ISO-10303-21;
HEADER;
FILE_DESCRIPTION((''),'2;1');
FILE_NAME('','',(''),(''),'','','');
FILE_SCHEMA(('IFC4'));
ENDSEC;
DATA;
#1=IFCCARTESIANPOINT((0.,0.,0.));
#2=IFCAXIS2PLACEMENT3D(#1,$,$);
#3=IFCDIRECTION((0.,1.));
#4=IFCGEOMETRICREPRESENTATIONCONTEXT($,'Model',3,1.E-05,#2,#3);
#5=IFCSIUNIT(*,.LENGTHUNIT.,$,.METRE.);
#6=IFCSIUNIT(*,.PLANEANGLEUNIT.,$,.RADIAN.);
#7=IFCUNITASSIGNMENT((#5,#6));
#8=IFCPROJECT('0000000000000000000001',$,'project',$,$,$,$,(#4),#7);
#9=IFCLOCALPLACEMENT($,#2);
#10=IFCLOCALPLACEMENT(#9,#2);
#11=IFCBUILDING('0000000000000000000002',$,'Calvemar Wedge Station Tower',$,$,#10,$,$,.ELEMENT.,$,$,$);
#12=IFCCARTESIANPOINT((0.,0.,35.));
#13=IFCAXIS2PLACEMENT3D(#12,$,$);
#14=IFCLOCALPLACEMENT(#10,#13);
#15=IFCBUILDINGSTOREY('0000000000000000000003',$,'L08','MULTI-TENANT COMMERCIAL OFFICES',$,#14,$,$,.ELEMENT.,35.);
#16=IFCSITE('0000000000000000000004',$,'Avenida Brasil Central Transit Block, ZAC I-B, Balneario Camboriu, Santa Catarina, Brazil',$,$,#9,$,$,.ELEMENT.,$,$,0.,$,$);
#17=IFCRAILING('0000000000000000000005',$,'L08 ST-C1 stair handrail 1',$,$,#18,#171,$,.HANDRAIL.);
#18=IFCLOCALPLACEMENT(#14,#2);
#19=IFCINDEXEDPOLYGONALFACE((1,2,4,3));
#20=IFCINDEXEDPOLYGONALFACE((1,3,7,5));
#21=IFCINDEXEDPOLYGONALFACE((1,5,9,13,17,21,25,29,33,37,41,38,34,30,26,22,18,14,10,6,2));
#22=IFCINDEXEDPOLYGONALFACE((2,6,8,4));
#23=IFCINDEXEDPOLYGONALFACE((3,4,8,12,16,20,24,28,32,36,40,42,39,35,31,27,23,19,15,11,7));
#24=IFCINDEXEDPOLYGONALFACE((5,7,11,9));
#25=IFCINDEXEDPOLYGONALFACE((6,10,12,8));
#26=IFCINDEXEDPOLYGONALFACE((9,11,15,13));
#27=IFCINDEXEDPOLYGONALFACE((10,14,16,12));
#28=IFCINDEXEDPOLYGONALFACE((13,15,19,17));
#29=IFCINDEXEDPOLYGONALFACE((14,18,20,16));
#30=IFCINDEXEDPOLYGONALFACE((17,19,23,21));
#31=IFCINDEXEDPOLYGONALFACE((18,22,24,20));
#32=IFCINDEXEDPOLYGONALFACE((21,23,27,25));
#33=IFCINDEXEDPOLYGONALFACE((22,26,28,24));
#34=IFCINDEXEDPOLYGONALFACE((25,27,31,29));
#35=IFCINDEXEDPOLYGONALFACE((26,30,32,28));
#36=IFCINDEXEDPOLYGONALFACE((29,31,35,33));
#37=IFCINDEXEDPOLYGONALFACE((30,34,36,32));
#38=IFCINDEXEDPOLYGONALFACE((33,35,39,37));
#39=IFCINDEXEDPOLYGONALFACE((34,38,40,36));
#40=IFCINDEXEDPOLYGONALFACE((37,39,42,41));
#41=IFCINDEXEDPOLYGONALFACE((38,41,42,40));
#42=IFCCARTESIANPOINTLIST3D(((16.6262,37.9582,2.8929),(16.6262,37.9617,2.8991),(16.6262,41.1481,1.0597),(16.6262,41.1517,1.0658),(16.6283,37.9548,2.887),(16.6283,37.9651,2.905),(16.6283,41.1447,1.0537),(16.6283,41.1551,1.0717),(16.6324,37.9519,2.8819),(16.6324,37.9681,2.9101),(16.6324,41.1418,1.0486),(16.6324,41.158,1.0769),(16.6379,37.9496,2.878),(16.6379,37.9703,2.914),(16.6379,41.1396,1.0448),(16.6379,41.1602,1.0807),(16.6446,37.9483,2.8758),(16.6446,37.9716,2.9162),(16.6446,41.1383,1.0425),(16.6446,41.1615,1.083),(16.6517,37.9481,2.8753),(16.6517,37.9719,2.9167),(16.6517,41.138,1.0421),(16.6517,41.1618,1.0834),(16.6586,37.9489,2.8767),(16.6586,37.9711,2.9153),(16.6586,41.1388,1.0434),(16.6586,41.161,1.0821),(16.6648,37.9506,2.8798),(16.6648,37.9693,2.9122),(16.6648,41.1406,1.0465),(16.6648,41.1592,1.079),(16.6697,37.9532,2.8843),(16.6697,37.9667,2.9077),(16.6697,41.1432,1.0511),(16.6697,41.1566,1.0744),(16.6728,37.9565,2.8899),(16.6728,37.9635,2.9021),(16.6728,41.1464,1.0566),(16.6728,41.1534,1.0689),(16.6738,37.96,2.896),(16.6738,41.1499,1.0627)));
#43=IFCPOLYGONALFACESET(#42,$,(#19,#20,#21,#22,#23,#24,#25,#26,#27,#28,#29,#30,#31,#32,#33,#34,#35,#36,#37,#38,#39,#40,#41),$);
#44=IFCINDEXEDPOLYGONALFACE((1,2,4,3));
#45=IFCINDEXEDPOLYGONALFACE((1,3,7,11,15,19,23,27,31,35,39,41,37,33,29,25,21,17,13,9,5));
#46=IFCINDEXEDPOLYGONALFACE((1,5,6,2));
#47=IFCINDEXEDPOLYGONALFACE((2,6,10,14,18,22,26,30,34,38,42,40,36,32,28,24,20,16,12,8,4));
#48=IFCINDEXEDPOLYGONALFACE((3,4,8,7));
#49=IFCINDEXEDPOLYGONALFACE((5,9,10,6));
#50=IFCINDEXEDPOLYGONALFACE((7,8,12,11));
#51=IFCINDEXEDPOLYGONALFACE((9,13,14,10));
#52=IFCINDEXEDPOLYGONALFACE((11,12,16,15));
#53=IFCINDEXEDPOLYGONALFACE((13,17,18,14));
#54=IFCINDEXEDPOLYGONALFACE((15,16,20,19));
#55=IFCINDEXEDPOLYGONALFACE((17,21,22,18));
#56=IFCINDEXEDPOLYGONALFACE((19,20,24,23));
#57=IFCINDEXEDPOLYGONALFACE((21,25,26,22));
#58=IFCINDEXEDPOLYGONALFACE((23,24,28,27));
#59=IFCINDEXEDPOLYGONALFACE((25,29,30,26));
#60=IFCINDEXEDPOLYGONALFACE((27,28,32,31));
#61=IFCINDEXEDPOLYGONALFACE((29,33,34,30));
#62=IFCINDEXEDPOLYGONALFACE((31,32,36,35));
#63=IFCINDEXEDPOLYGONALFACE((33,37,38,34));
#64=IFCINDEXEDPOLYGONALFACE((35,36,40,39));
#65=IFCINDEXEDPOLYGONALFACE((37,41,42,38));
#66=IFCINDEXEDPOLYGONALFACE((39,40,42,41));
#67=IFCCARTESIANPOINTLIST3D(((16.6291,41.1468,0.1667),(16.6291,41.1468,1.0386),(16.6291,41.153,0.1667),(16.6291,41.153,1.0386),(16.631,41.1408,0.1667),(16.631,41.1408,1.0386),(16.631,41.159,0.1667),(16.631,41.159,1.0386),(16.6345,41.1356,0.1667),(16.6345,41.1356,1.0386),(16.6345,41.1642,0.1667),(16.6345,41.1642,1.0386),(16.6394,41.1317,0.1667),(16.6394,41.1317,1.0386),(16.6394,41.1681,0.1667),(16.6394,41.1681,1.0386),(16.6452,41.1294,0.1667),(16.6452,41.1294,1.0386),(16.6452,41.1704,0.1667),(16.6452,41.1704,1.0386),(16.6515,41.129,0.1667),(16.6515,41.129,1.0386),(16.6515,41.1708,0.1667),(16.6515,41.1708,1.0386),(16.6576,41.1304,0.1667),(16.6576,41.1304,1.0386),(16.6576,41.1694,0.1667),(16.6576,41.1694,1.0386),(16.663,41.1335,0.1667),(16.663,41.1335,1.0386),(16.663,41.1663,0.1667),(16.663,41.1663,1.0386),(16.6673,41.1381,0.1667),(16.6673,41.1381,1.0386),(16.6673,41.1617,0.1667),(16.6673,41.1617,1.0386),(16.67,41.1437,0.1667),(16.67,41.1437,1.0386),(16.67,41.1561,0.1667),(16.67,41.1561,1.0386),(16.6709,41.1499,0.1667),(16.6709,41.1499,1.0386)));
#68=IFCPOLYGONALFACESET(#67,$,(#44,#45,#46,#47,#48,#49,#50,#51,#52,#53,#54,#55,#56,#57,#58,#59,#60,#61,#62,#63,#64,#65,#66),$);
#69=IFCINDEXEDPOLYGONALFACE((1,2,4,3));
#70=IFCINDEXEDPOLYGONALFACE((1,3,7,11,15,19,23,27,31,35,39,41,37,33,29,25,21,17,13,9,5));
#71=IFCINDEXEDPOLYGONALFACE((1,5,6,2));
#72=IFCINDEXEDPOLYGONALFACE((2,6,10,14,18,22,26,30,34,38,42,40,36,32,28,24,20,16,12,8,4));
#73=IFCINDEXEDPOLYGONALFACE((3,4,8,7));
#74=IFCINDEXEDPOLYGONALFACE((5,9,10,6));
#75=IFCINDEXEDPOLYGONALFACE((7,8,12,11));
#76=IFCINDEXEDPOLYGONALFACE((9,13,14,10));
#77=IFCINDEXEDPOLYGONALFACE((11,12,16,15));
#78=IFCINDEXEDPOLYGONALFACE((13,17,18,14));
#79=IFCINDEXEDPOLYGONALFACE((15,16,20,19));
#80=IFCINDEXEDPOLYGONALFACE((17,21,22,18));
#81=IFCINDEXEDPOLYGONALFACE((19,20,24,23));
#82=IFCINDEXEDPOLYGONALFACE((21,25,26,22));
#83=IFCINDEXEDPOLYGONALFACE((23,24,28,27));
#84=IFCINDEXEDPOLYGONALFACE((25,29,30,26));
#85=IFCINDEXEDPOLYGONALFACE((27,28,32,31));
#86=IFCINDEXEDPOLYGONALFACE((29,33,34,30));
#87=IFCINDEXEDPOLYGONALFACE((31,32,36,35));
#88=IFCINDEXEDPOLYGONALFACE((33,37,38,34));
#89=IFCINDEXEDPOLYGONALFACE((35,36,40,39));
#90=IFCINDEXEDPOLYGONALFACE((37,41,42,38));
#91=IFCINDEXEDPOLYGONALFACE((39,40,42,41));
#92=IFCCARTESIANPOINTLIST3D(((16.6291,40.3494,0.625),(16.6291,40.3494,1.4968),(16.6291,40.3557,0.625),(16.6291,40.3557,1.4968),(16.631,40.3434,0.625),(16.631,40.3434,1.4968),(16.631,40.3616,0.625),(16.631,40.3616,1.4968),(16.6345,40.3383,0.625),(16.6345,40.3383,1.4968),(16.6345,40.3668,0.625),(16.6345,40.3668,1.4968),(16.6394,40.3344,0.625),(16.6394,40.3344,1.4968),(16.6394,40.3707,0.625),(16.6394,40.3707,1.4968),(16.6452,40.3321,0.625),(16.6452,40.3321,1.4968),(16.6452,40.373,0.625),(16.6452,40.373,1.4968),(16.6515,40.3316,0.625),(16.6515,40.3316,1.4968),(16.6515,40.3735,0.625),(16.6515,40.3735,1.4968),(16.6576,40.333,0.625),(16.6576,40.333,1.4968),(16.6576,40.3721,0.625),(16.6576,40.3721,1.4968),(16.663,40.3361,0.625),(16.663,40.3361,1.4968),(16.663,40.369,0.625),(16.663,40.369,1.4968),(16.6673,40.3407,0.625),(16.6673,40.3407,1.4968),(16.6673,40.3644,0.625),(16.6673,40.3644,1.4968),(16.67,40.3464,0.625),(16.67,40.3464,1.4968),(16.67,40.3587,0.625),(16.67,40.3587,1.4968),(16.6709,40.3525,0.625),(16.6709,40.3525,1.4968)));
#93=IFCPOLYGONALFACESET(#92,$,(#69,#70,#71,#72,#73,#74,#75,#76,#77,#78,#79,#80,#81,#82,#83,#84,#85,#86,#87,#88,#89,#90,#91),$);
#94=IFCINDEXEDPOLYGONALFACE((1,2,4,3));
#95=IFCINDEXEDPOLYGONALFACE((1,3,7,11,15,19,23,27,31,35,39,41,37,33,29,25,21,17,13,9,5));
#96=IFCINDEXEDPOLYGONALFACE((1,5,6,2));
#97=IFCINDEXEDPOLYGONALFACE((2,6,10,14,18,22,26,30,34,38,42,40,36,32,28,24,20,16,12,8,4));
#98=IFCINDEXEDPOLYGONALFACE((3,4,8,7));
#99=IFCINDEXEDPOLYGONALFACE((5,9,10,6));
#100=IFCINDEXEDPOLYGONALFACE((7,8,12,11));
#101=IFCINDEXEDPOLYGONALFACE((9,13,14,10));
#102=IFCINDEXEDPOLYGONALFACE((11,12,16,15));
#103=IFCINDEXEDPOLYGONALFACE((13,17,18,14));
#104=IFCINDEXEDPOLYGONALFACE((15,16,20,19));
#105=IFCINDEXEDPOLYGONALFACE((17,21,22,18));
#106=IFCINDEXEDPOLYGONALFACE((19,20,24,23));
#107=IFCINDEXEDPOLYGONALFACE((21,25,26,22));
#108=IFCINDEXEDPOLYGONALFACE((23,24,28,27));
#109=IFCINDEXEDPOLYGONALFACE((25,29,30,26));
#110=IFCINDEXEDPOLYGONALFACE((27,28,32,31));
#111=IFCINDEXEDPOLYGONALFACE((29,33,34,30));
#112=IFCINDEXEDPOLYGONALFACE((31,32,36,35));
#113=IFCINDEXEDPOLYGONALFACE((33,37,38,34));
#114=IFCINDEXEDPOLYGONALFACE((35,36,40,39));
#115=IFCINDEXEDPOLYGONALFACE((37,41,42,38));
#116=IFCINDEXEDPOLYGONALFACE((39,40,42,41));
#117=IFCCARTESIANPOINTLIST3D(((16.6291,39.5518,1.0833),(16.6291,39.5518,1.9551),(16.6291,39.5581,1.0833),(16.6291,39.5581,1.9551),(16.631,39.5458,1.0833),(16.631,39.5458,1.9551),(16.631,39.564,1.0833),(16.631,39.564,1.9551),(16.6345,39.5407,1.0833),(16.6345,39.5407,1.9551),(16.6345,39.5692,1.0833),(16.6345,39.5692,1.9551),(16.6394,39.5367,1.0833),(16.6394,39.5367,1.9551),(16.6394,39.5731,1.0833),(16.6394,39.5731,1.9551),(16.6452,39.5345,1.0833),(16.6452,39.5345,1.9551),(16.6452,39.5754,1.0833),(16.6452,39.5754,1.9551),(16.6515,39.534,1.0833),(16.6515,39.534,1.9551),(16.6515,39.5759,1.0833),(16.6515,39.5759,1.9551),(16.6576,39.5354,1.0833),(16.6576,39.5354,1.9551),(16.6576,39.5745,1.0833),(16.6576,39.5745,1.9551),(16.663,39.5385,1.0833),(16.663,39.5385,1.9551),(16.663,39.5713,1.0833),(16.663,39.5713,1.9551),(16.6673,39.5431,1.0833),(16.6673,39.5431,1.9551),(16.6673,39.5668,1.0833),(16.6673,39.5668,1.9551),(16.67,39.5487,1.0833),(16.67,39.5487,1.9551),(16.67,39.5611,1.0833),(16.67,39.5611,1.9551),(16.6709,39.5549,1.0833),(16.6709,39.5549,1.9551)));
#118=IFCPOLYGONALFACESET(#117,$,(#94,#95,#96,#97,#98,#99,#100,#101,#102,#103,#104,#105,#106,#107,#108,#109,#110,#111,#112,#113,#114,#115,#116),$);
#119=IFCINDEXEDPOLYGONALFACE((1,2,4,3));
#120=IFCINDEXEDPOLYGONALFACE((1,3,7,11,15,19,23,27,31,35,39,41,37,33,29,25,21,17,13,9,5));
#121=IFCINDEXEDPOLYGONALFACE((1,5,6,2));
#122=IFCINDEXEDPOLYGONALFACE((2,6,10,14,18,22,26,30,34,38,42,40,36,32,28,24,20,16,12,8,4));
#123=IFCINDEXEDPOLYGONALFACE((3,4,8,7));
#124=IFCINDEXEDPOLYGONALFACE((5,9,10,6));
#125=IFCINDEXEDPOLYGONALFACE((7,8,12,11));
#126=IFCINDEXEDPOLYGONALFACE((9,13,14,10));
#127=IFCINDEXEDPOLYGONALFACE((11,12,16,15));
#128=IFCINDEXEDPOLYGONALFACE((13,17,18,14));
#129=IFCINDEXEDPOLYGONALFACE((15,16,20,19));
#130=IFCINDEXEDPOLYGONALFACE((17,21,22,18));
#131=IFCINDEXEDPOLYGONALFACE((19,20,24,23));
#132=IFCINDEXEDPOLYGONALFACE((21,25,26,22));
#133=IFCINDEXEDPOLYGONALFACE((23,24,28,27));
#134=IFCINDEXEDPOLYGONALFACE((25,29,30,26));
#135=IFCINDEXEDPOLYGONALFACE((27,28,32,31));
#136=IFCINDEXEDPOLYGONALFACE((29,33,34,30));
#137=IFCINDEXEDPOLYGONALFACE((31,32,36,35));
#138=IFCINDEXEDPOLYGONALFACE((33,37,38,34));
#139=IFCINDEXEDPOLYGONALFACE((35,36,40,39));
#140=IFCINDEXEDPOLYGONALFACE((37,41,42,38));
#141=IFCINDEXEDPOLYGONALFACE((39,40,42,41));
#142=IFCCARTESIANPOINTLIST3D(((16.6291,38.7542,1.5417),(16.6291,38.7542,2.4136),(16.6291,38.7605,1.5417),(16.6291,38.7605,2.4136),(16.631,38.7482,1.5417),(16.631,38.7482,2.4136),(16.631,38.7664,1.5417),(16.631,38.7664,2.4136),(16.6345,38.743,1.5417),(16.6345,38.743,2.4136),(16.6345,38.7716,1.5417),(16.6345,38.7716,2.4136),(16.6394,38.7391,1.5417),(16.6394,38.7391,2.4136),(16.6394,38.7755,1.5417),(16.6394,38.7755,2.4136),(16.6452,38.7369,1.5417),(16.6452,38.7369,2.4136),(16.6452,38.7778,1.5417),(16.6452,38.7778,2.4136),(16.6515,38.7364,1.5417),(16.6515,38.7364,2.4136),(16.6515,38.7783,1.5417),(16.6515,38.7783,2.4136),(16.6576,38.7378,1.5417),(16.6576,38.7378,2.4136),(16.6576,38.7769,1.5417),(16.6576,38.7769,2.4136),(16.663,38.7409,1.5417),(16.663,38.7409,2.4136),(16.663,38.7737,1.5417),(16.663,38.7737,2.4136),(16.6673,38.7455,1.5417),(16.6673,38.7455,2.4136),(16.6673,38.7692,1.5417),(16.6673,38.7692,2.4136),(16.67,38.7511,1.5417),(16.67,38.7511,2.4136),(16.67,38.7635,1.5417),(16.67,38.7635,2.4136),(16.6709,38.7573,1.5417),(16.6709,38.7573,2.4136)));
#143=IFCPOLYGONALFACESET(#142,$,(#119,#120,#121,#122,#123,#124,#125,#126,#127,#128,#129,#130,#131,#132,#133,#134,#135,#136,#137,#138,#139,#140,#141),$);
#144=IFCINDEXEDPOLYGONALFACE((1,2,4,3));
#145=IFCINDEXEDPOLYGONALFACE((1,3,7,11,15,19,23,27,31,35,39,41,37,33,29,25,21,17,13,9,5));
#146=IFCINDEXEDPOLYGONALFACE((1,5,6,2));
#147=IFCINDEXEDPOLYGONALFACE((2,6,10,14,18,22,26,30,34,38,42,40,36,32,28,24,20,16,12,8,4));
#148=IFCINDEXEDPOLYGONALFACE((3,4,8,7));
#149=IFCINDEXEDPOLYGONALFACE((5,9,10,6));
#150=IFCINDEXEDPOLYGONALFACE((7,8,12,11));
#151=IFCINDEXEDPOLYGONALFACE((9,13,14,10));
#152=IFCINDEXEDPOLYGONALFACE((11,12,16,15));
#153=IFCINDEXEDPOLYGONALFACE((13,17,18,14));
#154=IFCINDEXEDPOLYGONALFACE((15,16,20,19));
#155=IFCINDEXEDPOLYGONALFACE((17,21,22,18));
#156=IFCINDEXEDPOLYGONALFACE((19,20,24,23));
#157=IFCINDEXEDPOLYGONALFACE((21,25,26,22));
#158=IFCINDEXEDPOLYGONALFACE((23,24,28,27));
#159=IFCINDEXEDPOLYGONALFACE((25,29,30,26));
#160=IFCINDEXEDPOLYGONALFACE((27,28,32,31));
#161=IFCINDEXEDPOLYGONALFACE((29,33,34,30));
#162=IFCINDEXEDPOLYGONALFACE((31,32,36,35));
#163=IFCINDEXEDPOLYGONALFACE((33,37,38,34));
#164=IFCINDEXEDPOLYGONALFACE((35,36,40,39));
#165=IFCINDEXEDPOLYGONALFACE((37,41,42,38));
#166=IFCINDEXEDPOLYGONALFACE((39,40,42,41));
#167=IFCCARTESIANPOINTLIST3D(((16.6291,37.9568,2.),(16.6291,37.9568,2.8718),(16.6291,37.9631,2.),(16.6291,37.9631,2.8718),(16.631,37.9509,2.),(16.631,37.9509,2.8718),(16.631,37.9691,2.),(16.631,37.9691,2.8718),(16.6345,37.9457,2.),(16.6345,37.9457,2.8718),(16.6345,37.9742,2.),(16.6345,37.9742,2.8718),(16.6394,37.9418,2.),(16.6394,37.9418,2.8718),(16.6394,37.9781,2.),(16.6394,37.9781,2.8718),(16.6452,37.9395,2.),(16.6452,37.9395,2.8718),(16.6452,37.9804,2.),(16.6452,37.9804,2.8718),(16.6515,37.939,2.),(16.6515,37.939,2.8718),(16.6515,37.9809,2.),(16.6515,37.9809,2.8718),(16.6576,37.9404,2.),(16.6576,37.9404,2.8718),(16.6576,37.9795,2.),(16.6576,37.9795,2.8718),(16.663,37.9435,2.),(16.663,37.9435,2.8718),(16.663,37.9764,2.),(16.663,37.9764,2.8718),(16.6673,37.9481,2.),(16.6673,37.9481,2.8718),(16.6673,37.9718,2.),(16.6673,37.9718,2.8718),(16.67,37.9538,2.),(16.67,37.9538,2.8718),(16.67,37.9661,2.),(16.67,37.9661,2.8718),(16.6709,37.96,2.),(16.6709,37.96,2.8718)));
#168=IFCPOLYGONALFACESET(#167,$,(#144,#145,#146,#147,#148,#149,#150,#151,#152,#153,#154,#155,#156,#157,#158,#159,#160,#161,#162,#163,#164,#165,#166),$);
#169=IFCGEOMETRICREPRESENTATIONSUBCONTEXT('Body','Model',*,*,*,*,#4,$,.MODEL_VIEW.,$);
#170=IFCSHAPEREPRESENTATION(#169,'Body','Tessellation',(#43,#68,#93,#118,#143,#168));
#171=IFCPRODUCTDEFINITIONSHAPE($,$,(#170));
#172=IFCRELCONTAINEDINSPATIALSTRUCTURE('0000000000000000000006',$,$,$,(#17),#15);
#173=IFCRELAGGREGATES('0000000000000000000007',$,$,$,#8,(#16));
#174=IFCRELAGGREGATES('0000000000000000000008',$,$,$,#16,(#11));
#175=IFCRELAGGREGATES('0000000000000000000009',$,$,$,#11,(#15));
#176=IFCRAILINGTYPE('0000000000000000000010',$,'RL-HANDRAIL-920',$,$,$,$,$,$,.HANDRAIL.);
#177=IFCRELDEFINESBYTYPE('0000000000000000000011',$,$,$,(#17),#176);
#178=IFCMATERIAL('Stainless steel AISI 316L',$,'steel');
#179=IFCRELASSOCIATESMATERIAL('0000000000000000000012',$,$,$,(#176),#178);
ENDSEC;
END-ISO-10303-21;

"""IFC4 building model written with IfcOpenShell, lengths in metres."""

from ifc_helpers import new_model, si_unit, direction, frame, origin, origin_2d, place, context, subcontext, project, spatial, circle, extrude, material, type_object, element, save


model = new_model("IFC4")

# Units and contexts
model_context = context("Model", 3, precision=1e-05, world=origin(), true_north=direction((0.0, 1.0)))
body_context = subcontext(model_context, "Body", "Model", "MODEL_VIEW")
ifc_project = project(units=[si_unit("LENGTHUNIT", "METRE"), si_unit("PLANEANGLEUNIT", "RADIAN")], contexts=[model_context])

# Site, building, storey
site_placement = place(None, origin())
site = spatial("IfcSite", under=ifc_project, at=site_placement, Name="Avenida Brasil Central Transit Block, ZAC I-B, Balneario Camboriu, Santa Catarina, Brazil", CompositionType="ELEMENT", RefElevation=0.0)
building_placement = place(site_placement, origin())
building = spatial("IfcBuilding", under=site, at=building_placement, Name="Calvemar Wedge Station Tower", CompositionType="ELEMENT")
storey_placement = place(building_placement, frame((0.0, 0.0, 35.0)))
storey = spatial("IfcBuildingStorey", under=building, at=storey_placement, Name="L08", Description="MULTI-TENANT COMMERCIAL OFFICES", CompositionType="ELEMENT", Elevation=35.0)

# Railing
ifc_material_1 = material(Name="Stainless steel AISI 316L", Category="steel")
railing_type_1 = type_object("IfcRailingType", Name="RL-HANDRAIL-920", PredefinedType="HANDRAIL", material=ifc_material_1)
railing_1_placement = place(storey_placement, frame((16.6499, 41.1499, 0.1667)))
element("IfcRailing", 1, at=railing_1_placement, inside=storey, type_object=railing_type_1, Name="L08 ST-C1 stair handrail 1", PredefinedType="HANDRAIL", context=body_context, shape_type="SweptSolid", body=[
    extrude(circle(Radius=0.0239, at=origin_2d()), frame((0.0, 0.0, 0.896), z_axis=(0.0, -0.86702, 0.498274), x_axis=(1.0, 0.0, 0.0)), (0.0, 0.0, 1.0), 3.6792),
    extrude(circle(Radius=0.021, at=origin_2d()), origin(), (0.0, 0.0, 1.0), 0.8718),
    extrude(circle(Radius=0.021, at=origin_2d()), frame((0.0, -0.7974, 0.4583)), (0.0, 0.0, 1.0), 0.8718),
    extrude(circle(Radius=0.021, at=origin_2d()), frame((0.0, -1.595, 0.9165)), (0.0, 0.0, 1.0), 0.8718),
    extrude(circle(Radius=0.021, at=origin_2d()), frame((0.0, -2.3926, 1.375)), (0.0, 0.0, 1.0), 0.8718),
    extrude(circle(Radius=0.021, at=origin_2d()), frame((0.0, -3.1899, 1.8333)), (0.0, 0.0, 1.0), 0.8718),
])

save(model, "model.ifc")
